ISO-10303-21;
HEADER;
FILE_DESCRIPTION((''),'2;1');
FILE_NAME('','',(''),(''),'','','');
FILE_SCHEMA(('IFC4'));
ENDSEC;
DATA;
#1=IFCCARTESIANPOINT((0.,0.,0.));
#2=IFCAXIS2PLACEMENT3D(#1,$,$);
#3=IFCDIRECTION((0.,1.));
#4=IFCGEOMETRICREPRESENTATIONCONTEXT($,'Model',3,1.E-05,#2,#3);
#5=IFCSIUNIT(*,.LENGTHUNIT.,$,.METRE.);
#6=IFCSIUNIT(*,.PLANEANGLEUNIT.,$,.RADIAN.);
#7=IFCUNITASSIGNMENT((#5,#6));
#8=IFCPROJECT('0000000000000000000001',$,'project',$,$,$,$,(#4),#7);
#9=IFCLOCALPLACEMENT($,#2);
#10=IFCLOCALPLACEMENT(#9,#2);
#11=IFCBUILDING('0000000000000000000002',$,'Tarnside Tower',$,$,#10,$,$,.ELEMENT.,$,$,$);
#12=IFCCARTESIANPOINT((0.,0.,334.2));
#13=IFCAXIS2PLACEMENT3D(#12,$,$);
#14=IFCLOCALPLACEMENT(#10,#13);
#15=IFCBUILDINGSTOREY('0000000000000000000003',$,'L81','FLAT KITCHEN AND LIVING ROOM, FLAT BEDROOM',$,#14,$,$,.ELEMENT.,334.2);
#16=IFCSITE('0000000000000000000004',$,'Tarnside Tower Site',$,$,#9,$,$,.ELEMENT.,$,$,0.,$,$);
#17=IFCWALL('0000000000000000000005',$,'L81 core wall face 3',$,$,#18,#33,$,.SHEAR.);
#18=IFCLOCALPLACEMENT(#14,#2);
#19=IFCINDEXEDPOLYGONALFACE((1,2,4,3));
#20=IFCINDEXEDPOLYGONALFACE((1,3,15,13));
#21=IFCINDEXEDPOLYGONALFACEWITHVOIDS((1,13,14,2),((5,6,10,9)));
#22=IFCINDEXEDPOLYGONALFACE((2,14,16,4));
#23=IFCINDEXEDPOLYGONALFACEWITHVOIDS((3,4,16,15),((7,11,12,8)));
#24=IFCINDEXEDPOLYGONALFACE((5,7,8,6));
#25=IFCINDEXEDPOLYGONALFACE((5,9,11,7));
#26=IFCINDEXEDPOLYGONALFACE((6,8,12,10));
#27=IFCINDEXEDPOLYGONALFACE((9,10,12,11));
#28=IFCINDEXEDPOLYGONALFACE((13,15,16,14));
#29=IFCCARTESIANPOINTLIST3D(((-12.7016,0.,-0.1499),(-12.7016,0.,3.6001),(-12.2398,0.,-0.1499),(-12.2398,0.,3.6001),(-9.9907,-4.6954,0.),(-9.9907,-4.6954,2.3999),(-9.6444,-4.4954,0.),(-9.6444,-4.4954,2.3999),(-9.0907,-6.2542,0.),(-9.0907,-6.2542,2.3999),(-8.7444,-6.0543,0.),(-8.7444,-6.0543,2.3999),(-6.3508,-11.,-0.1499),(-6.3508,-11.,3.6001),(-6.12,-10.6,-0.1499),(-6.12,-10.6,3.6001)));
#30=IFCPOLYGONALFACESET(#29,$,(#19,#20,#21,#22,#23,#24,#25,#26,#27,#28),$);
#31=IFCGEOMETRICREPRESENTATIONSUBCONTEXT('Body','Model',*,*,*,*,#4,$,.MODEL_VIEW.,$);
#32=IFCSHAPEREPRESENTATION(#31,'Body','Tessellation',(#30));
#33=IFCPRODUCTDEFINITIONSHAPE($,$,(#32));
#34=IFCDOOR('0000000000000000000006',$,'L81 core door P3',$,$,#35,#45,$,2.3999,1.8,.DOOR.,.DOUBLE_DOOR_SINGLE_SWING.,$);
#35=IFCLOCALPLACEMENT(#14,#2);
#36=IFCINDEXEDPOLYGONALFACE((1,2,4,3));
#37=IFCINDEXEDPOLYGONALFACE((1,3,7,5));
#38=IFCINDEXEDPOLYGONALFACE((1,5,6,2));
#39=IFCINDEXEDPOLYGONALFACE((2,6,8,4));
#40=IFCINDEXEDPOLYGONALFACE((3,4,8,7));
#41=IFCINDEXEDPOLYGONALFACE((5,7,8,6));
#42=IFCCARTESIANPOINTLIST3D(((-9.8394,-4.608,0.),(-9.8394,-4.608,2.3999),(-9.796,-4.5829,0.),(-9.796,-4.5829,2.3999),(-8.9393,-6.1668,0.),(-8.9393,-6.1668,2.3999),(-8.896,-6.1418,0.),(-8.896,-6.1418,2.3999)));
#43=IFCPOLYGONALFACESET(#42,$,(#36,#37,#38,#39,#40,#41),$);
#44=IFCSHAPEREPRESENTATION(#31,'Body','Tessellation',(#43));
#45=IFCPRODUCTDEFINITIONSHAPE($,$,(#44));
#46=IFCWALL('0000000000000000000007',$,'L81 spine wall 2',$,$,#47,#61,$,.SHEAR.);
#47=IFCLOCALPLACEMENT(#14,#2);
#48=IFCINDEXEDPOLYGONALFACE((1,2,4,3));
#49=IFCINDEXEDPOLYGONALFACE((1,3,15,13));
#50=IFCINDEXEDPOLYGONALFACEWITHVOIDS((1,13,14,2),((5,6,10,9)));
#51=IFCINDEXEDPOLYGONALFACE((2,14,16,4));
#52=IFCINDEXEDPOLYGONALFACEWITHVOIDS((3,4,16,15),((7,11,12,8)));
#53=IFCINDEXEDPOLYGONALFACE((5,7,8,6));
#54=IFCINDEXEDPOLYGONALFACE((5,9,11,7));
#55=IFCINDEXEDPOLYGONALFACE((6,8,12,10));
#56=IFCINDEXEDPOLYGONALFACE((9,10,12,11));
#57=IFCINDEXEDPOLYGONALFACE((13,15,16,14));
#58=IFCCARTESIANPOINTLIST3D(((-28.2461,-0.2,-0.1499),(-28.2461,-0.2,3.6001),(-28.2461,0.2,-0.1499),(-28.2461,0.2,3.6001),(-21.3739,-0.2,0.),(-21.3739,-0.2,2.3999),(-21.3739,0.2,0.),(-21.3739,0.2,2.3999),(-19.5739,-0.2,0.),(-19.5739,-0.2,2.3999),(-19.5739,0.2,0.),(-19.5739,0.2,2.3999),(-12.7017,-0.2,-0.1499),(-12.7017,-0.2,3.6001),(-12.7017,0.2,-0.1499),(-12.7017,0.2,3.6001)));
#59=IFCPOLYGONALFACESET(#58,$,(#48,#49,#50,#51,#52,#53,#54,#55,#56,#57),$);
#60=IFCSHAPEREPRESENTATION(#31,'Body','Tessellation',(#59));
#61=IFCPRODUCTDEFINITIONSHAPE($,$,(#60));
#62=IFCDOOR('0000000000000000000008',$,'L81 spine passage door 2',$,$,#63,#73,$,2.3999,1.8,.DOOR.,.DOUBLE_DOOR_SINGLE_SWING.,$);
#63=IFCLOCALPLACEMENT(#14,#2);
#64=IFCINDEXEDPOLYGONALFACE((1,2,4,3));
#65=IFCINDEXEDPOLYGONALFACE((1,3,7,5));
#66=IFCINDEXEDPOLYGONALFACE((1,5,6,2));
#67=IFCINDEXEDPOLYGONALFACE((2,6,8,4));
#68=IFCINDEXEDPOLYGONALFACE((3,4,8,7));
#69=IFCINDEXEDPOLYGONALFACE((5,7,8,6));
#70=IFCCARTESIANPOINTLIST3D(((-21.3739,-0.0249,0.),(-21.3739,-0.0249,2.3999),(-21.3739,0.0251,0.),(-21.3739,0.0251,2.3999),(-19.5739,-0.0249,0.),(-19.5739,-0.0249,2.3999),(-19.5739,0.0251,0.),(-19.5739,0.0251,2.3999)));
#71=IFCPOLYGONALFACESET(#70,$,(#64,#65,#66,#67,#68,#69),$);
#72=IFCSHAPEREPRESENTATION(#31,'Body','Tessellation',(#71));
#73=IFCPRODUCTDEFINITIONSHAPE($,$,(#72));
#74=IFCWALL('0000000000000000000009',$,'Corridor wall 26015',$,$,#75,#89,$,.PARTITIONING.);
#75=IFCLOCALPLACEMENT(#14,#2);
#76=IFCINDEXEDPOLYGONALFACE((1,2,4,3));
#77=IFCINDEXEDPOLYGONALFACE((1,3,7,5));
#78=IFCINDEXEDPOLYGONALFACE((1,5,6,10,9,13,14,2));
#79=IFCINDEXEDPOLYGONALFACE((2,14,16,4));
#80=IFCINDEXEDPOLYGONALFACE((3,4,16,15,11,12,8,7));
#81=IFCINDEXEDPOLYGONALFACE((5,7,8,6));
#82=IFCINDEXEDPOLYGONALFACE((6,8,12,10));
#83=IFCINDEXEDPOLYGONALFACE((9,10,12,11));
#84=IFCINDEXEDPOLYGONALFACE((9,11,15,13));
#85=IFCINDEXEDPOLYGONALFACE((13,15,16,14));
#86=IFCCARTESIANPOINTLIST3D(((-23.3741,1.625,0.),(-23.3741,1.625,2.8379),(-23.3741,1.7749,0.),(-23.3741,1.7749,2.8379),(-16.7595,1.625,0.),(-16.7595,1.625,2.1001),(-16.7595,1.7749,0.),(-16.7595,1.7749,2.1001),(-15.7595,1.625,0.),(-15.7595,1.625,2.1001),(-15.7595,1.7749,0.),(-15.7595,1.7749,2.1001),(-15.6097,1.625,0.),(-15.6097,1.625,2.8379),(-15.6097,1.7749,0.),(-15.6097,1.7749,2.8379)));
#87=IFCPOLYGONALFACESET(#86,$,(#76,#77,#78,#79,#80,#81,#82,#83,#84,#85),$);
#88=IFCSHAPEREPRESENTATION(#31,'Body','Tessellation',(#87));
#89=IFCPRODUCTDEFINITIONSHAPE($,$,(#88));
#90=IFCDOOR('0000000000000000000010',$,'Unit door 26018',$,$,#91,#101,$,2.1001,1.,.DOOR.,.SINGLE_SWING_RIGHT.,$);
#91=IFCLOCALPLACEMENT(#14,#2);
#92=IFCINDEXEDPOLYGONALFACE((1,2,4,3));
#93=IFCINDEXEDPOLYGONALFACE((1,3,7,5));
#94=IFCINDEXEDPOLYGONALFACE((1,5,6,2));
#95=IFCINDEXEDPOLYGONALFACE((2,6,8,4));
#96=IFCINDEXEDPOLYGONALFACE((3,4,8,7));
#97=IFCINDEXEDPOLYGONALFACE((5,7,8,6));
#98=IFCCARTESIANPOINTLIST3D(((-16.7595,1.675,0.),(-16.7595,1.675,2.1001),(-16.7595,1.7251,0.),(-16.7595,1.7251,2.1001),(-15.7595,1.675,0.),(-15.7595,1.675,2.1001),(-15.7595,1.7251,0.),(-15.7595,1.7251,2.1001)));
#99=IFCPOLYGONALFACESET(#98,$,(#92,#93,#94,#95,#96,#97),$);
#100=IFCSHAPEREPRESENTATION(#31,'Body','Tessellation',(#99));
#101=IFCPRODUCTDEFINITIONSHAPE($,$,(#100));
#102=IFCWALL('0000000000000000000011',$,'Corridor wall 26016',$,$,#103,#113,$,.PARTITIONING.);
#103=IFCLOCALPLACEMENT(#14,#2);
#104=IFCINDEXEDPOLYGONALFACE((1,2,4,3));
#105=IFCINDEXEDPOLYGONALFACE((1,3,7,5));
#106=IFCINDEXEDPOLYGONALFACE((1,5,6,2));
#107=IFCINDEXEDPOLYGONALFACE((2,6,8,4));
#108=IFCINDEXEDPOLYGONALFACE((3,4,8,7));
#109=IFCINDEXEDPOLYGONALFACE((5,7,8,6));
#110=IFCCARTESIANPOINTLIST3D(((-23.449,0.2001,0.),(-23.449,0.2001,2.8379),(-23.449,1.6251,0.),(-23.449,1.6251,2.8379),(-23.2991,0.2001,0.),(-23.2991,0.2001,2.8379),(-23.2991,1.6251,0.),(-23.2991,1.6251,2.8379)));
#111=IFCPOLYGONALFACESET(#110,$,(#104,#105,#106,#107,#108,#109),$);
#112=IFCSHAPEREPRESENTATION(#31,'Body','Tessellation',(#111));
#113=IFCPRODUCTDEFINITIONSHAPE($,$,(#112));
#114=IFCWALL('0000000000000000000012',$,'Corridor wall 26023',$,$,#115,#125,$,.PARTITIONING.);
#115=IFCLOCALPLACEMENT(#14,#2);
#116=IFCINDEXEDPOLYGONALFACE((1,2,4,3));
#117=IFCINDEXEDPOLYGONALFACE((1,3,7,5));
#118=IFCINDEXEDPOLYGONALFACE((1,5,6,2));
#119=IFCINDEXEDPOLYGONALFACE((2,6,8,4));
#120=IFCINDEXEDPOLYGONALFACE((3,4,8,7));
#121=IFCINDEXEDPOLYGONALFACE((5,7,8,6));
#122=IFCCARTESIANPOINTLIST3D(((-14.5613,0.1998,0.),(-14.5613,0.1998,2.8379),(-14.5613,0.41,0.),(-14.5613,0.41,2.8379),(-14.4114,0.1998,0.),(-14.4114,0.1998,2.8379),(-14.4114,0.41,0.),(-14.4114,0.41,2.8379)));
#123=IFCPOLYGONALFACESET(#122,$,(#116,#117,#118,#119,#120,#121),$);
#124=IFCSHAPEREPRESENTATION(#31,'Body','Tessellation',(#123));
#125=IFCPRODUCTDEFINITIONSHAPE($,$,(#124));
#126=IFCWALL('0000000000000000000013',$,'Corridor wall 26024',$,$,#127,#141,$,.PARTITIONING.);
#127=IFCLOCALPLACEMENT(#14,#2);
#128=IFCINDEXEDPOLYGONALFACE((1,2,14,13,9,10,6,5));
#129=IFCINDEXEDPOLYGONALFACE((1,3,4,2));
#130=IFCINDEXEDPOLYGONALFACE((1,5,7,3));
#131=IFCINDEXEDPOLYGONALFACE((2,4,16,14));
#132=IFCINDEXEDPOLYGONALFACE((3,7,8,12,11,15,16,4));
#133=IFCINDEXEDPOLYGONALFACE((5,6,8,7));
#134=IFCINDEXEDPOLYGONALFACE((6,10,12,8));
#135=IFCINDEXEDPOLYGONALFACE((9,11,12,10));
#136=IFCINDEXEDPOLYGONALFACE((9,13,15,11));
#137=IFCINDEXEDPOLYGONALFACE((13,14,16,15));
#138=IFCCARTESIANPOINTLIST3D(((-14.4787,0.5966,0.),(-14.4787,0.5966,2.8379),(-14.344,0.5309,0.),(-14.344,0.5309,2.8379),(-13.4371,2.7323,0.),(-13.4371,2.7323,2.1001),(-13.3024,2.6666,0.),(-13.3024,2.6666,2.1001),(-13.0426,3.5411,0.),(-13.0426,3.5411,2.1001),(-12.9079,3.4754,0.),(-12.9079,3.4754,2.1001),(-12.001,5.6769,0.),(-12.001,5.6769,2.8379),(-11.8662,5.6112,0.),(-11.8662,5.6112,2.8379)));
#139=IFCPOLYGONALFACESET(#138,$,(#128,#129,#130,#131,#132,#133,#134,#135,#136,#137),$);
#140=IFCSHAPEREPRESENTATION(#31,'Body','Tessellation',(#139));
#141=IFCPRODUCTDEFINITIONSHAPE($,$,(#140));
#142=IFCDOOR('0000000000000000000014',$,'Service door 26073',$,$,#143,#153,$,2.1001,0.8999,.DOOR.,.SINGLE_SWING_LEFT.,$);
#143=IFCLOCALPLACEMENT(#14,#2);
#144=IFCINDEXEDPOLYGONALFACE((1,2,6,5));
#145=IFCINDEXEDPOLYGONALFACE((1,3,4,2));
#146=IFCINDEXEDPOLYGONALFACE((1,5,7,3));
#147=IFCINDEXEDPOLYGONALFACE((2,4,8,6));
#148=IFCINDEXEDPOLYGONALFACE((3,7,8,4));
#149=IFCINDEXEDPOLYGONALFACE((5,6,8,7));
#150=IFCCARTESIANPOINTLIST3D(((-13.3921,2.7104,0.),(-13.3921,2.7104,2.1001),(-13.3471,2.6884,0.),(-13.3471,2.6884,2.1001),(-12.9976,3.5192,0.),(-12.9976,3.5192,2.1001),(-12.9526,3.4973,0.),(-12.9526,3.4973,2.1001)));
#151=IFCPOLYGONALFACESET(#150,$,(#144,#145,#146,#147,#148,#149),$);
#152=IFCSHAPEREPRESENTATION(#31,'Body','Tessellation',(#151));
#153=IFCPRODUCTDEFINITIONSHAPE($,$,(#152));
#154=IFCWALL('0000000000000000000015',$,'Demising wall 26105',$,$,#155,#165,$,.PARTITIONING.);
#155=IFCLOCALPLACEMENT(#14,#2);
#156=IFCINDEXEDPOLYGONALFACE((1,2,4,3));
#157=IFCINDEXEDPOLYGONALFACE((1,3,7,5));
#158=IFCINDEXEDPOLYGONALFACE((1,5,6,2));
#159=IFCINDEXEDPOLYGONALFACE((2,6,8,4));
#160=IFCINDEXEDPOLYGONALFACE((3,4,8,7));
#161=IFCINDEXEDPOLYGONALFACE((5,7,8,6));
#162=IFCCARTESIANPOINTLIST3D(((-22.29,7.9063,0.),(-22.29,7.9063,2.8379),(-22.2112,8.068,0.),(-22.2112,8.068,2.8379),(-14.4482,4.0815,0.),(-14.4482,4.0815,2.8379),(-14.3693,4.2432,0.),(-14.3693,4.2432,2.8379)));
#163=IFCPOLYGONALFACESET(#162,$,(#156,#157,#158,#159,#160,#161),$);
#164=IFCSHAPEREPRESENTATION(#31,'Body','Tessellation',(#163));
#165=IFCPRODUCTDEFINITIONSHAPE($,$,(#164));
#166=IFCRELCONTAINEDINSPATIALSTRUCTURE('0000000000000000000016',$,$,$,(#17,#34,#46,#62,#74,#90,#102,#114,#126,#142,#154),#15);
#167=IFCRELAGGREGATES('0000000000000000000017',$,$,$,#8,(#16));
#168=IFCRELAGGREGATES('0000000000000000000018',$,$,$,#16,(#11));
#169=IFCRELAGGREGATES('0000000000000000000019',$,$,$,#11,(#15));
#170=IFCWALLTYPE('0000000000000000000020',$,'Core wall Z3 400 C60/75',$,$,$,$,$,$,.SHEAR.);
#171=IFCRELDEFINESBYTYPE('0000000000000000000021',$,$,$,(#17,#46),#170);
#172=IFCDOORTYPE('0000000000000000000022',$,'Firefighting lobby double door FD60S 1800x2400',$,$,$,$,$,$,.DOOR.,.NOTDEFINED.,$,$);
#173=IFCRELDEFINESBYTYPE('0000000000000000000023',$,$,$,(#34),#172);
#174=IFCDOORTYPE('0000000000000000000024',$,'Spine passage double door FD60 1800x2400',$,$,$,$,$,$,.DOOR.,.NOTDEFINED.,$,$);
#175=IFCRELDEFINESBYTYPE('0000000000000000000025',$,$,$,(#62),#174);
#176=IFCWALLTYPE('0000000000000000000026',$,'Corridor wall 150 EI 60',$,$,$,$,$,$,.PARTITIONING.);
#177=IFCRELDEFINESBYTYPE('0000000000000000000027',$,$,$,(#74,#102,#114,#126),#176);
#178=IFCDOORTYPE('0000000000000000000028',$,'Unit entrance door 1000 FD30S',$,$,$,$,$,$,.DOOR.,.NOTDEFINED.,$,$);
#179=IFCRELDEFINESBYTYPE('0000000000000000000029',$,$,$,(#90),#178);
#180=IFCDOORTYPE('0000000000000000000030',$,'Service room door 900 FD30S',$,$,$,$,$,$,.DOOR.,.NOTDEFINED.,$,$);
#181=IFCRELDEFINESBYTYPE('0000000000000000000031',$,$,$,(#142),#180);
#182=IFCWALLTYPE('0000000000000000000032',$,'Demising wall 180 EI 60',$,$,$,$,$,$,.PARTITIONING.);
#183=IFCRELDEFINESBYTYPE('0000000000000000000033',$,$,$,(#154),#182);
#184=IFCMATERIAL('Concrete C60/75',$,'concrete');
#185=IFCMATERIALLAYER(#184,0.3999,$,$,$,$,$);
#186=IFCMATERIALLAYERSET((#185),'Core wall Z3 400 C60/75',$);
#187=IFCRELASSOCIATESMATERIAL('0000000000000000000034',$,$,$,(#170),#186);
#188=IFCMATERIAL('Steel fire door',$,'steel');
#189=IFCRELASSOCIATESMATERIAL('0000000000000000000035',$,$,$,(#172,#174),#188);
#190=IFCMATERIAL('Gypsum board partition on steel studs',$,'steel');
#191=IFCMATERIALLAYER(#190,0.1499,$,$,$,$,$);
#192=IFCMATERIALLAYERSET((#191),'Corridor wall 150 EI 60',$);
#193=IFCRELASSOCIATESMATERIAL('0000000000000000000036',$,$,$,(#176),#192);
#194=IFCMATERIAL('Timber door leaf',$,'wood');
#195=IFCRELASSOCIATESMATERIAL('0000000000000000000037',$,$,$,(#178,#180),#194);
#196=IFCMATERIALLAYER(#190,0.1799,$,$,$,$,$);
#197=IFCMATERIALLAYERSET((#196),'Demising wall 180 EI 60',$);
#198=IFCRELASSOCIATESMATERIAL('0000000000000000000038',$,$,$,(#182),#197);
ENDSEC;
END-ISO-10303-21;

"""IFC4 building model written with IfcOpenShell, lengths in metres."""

from ifc_helpers import new_model, si_unit, direction, frame, frame_2d, origin, place, context, subcontext, project, spatial, polyline, rectangle, outline, extrude, material, layer, layer_set, type_object, element, fill, save


model = new_model("IFC4")

# Units and contexts
model_context = context("Model", 3, precision=1e-05, world=origin(), true_north=direction((0.0, 1.0)))
body_context = subcontext(model_context, "Body", "Model", "MODEL_VIEW")
ifc_project = project(units=[si_unit("LENGTHUNIT", "METRE"), si_unit("PLANEANGLEUNIT", "RADIAN")], contexts=[model_context])

# Site, building, storey
site_placement = place(None, origin())
site = spatial("IfcSite", under=ifc_project, at=site_placement, Name="Tarnside Tower Site", CompositionType="ELEMENT", RefElevation=0.0)
building_placement = place(site_placement, origin())
building = spatial("IfcBuilding", under=site, at=building_placement, Name="Tarnside Tower", CompositionType="ELEMENT")
storey_placement = place(building_placement, frame((0.0, 0.0, 334.2)))
storey = spatial("IfcBuildingStorey", under=building, at=storey_placement, Name="L81", Description="FLAT KITCHEN AND LIVING ROOM, FLAT BEDROOM", CompositionType="ELEMENT", Elevation=334.2)

# Walls, openings, doors
ifc_material_1 = material(Name="Concrete C60/75", Category="concrete")
ifc_layer_1 = layer(ifc_material_1, 0.3999)
ifc_layer_set_1 = layer_set([ifc_layer_1], Name="Core wall Z3 400 C60/75")
wall_type_1 = type_object("IfcWallType", Name="Core wall Z3 400 C60/75", PredefinedType="SHEAR", material=ifc_layer_set_1)
wall_1_placement = place(storey_placement, frame((-12.4707, 0.0, -0.1499), z_axis=(0.0, 0.0, 1.0), x_axis=(0.499996, -0.866027, 0.0)))
wall_1 = element("IfcWall", 1, at=wall_1_placement, inside=storey, type_object=wall_type_1, Name="L81 core wall face 3", PredefinedType="SHEAR", context=body_context, shape_type="SweptSolid", body=[
    extrude(outline(polyline([(-0.1155, -0.2), (12.5862, -0.2), (12.3552, 0.2), (0.1155, 0.2), (-0.1155, -0.2)])), origin(), (0.0, 0.0, 1.0), 3.75),
])
opening_1_placement = place(wall_1_placement, frame((5.3064, 0.0, 0.1499)))
opening_1 = element("IfcOpeningElement", 2, at=opening_1_placement, cuts=wall_1, PredefinedType="OPENING", context=body_context, shape_type="SweptSolid", body=[
    extrude(rectangle(XDim=1.8, YDim=2.3999, at=frame_2d((0.8999, 1.2))), frame((0.0, 0.21, 0.0), z_axis=(0.0, -1.0, 0.0), x_axis=(1.0, 0.0, 0.0)), (0.0, 0.0, 1.0), 0.4199),
])
ifc_material_2 = material(Name="Steel fire door", Category="steel")
door_type_1 = type_object("IfcDoorType", Name="Firefighting lobby double door FD60S 1800x2400", OperationType="NOTDEFINED", PredefinedType="DOOR", material=ifc_material_2)
door_1_placement = place(opening_1_placement, origin())
door_1 = element("IfcDoor", 3, at=door_1_placement, inside=storey, type_object=door_type_1, Name="L81 core door P3", OperationType="DOUBLE_DOOR_SINGLE_SWING", OverallHeight=2.3999, OverallWidth=1.8, PredefinedType="DOOR", context=body_context, shape_type="SweptSolid", body=[
    extrude(rectangle(XDim=1.8, YDim=2.3999, at=frame_2d((0.8999, 1.2))), frame((0.0, 0.0249, 0.0), z_axis=(0.0, -1.0, 0.0), x_axis=(1.0, 0.0, 0.0)), (0.0, 0.0, 1.0), 0.05),
])
fill(opening_1, door_1)
wall_2_placement = place(storey_placement, frame((-12.7017, 0.0, -0.1499), z_axis=(0.0, 0.0, 1.0), x_axis=(-1.0, 0.0, 0.0)))
wall_2 = element("IfcWall", 4, at=wall_2_placement, inside=storey, type_object=wall_type_1, Name="L81 spine wall 2", PredefinedType="SHEAR", context=body_context, shape_type="SweptSolid", body=[
    extrude(rectangle(XDim=15.5444, YDim=0.3999, at=frame_2d((7.7722, 0.0))), origin(), (0.0, 0.0, 1.0), 3.75),
])
opening_2_placement = place(wall_2_placement, frame((6.8723, 0.0, 0.1499)))
opening_2 = element("IfcOpeningElement", 5, at=opening_2_placement, cuts=wall_2, PredefinedType="OPENING", context=body_context, shape_type="SweptSolid", body=[
    extrude(rectangle(XDim=1.8, YDim=2.3999, at=frame_2d((0.8999, 1.2))), frame((0.0, 0.21, 0.0), z_axis=(0.0, -1.0, 0.0), x_axis=(1.0, 0.0, 0.0)), (0.0, 0.0, 1.0), 0.4199),
])
door_type_2 = type_object("IfcDoorType", Name="Spine passage double door FD60 1800x2400", OperationType="NOTDEFINED", PredefinedType="DOOR", material=ifc_material_2)
door_2_placement = place(opening_2_placement, origin())
door_2 = element("IfcDoor", 6, at=door_2_placement, inside=storey, type_object=door_type_2, Name="L81 spine passage door 2", OperationType="DOUBLE_DOOR_SINGLE_SWING", OverallHeight=2.3999, OverallWidth=1.8, PredefinedType="DOOR", context=body_context, shape_type="SweptSolid", body=[
    extrude(rectangle(XDim=1.8, YDim=2.3999, at=frame_2d((0.8999, 1.2))), frame((0.0, 0.0249, 0.0), z_axis=(0.0, -1.0, 0.0), x_axis=(1.0, 0.0, 0.0)), (0.0, 0.0, 1.0), 0.05),
])
fill(opening_2, door_2)
ifc_material_3 = material(Name="Gypsum board partition on steel studs", Category="steel")
ifc_layer_2 = layer(ifc_material_3, 0.1499)
ifc_layer_set_2 = layer_set([ifc_layer_2], Name="Corridor wall 150 EI 60")
wall_type_2 = type_object("IfcWallType", Name="Corridor wall 150 EI 60", PredefinedType="PARTITIONING", material=ifc_layer_set_2)
wall_3_placement = place(storey_placement, frame((-15.6096, 1.7, 0.0), z_axis=(0.0, 0.0, 1.0), x_axis=(-1.0, 0.0, 0.0)))
wall_3 = element("IfcWall", 7, at=wall_3_placement, inside=storey, type_object=wall_type_2, Name="Corridor wall 26015", PredefinedType="PARTITIONING", context=body_context, shape_type="SweptSolid", body=[
    extrude(rectangle(XDim=7.7644, YDim=0.1499, at=frame_2d((3.8823, 0.0))), origin(), (0.0, 0.0, 1.0), 2.8379),
])
opening_3_placement = place(wall_3_placement, frame((0.1499, 0.0, 0.0)))
opening_3 = element("IfcOpeningElement", 8, at=opening_3_placement, cuts=wall_3, PredefinedType="OPENING", context=body_context, shape_type="SweptSolid", body=[
    extrude(rectangle(XDim=1.0, YDim=2.1001, at=frame_2d((0.5, 1.05))), frame((0.0, 0.085, 0.0), z_axis=(0.0, -1.0, 0.0), x_axis=(1.0, 0.0, 0.0)), (0.0, 0.0, 1.0), 0.1699),
])
ifc_material_4 = material(Name="Timber door leaf", Category="wood")
door_type_3 = type_object("IfcDoorType", Name="Unit entrance door 1000 FD30S", OperationType="NOTDEFINED", PredefinedType="DOOR", material=ifc_material_4)
door_3_placement = place(opening_3_placement, origin())
door_3 = element("IfcDoor", 9, at=door_3_placement, inside=storey, type_object=door_type_3, Name="Unit door 26018", OperationType="SINGLE_SWING_RIGHT", OverallHeight=2.1001, OverallWidth=1.0, PredefinedType="DOOR", context=body_context, shape_type="SweptSolid", body=[
    extrude(rectangle(XDim=1.0, YDim=2.1001, at=frame_2d((0.5, 1.05))), frame((0.0, 0.0249, 0.0), z_axis=(0.0, -1.0, 0.0), x_axis=(1.0, 0.0, 0.0)), (0.0, 0.0, 1.0), 0.05),
])
fill(opening_3, door_3)

# Walls
wall_4_placement = place(storey_placement, frame((-23.374, 1.625, 0.0), z_axis=(0.0, 0.0, 1.0), x_axis=(0.0, -1.0, 0.0)))
element("IfcWall", 10, at=wall_4_placement, inside=storey, type_object=wall_type_2, Name="Corridor wall 26016", PredefinedType="PARTITIONING", context=body_context, shape_type="SweptSolid", body=[
    extrude(rectangle(XDim=1.425, YDim=0.1499, at=frame_2d((0.7124, 0.0))), origin(), (0.0, 0.0, 1.0), 2.8379),
])
wall_5_placement = place(storey_placement, frame((-14.4863, 0.2, 0.0), z_axis=(0.0, 0.0, 1.0), x_axis=(0.0, 1.0, 0.0)))
element("IfcWall", 11, at=wall_5_placement, inside=storey, type_object=wall_type_2, Name="Corridor wall 26023", PredefinedType="PARTITIONING", context=body_context, shape_type="SweptSolid", body=[
    extrude(rectangle(XDim=0.2102, YDim=0.1499, at=frame_2d((0.105, 0.0))), origin(), (0.0, 0.0, 1.0), 2.8379),
])

# Wall, opening, door
wall_6_placement = place(storey_placement, frame((-14.4114, 0.5637, 0.0), z_axis=(0.0, 0.0, 1.0), x_axis=(0.438363, 0.898798, 0.0)))
wall_6 = element("IfcWall", 12, at=wall_6_placement, inside=storey, type_object=wall_type_2, Name="Corridor wall 26024", PredefinedType="PARTITIONING", context=body_context, shape_type="SweptSolid", body=[
    extrude(rectangle(XDim=5.6523, YDim=0.1499, at=frame_2d((2.8262, 0.0))), origin(), (0.0, 0.0, 1.0), 2.8379),
])
opening_4_placement = place(wall_6_placement, frame((2.3762, 0.0, 0.0)))
opening_4 = element("IfcOpeningElement", 13, at=opening_4_placement, cuts=wall_6, PredefinedType="OPENING", context=body_context, shape_type="SweptSolid", body=[
    extrude(rectangle(XDim=0.8999, YDim=2.1001, at=frame_2d((0.45, 1.05))), frame((0.0, 0.085, 0.0), z_axis=(0.0, -1.0, 0.0), x_axis=(1.0, 0.0, 0.0)), (0.0, 0.0, 1.0), 0.1699),
])
door_type_4 = type_object("IfcDoorType", Name="Service room door 900 FD30S", OperationType="NOTDEFINED", PredefinedType="DOOR", material=ifc_material_4)
door_4_placement = place(opening_4_placement, origin())
door_4 = element("IfcDoor", 14, at=door_4_placement, inside=storey, type_object=door_type_4, Name="Service door 26073", OperationType="SINGLE_SWING_LEFT", OverallHeight=2.1001, OverallWidth=0.8999, PredefinedType="DOOR", context=body_context, shape_type="SweptSolid", body=[
    extrude(rectangle(XDim=0.8999, YDim=2.1001, at=frame_2d((0.45, 1.05))), frame((0.0, 0.0249, 0.0), z_axis=(0.0, -1.0, 0.0), x_axis=(1.0, 0.0, 0.0)), (0.0, 0.0, 1.0), 0.05),
])
fill(opening_4, door_4)

# Wall
ifc_layer_3 = layer(ifc_material_3, 0.1799)
ifc_layer_set_3 = layer_set([ifc_layer_3], Name="Demising wall 180 EI 60")
wall_type_3 = type_object("IfcWallType", Name="Demising wall 180 EI 60", PredefinedType="PARTITIONING", material=ifc_layer_set_3)
wall_7_placement = place(storey_placement, frame((-22.2505, 7.9871, 0.0), z_axis=(0.0, 0.0, 1.0), x_axis=(0.898794, -0.438372, 0.0)))
element("IfcWall", 15, at=wall_7_placement, inside=storey, type_object=wall_type_3, Name="Demising wall 26105", PredefinedType="PARTITIONING", context=body_context, shape_type="SweptSolid", body=[
    extrude(rectangle(XDim=8.7249, YDim=0.1799, at=frame_2d((4.3623, 0.0))), origin(), (0.0, 0.0, 1.0), 2.8379),
])

save(model, "model.ifc")
